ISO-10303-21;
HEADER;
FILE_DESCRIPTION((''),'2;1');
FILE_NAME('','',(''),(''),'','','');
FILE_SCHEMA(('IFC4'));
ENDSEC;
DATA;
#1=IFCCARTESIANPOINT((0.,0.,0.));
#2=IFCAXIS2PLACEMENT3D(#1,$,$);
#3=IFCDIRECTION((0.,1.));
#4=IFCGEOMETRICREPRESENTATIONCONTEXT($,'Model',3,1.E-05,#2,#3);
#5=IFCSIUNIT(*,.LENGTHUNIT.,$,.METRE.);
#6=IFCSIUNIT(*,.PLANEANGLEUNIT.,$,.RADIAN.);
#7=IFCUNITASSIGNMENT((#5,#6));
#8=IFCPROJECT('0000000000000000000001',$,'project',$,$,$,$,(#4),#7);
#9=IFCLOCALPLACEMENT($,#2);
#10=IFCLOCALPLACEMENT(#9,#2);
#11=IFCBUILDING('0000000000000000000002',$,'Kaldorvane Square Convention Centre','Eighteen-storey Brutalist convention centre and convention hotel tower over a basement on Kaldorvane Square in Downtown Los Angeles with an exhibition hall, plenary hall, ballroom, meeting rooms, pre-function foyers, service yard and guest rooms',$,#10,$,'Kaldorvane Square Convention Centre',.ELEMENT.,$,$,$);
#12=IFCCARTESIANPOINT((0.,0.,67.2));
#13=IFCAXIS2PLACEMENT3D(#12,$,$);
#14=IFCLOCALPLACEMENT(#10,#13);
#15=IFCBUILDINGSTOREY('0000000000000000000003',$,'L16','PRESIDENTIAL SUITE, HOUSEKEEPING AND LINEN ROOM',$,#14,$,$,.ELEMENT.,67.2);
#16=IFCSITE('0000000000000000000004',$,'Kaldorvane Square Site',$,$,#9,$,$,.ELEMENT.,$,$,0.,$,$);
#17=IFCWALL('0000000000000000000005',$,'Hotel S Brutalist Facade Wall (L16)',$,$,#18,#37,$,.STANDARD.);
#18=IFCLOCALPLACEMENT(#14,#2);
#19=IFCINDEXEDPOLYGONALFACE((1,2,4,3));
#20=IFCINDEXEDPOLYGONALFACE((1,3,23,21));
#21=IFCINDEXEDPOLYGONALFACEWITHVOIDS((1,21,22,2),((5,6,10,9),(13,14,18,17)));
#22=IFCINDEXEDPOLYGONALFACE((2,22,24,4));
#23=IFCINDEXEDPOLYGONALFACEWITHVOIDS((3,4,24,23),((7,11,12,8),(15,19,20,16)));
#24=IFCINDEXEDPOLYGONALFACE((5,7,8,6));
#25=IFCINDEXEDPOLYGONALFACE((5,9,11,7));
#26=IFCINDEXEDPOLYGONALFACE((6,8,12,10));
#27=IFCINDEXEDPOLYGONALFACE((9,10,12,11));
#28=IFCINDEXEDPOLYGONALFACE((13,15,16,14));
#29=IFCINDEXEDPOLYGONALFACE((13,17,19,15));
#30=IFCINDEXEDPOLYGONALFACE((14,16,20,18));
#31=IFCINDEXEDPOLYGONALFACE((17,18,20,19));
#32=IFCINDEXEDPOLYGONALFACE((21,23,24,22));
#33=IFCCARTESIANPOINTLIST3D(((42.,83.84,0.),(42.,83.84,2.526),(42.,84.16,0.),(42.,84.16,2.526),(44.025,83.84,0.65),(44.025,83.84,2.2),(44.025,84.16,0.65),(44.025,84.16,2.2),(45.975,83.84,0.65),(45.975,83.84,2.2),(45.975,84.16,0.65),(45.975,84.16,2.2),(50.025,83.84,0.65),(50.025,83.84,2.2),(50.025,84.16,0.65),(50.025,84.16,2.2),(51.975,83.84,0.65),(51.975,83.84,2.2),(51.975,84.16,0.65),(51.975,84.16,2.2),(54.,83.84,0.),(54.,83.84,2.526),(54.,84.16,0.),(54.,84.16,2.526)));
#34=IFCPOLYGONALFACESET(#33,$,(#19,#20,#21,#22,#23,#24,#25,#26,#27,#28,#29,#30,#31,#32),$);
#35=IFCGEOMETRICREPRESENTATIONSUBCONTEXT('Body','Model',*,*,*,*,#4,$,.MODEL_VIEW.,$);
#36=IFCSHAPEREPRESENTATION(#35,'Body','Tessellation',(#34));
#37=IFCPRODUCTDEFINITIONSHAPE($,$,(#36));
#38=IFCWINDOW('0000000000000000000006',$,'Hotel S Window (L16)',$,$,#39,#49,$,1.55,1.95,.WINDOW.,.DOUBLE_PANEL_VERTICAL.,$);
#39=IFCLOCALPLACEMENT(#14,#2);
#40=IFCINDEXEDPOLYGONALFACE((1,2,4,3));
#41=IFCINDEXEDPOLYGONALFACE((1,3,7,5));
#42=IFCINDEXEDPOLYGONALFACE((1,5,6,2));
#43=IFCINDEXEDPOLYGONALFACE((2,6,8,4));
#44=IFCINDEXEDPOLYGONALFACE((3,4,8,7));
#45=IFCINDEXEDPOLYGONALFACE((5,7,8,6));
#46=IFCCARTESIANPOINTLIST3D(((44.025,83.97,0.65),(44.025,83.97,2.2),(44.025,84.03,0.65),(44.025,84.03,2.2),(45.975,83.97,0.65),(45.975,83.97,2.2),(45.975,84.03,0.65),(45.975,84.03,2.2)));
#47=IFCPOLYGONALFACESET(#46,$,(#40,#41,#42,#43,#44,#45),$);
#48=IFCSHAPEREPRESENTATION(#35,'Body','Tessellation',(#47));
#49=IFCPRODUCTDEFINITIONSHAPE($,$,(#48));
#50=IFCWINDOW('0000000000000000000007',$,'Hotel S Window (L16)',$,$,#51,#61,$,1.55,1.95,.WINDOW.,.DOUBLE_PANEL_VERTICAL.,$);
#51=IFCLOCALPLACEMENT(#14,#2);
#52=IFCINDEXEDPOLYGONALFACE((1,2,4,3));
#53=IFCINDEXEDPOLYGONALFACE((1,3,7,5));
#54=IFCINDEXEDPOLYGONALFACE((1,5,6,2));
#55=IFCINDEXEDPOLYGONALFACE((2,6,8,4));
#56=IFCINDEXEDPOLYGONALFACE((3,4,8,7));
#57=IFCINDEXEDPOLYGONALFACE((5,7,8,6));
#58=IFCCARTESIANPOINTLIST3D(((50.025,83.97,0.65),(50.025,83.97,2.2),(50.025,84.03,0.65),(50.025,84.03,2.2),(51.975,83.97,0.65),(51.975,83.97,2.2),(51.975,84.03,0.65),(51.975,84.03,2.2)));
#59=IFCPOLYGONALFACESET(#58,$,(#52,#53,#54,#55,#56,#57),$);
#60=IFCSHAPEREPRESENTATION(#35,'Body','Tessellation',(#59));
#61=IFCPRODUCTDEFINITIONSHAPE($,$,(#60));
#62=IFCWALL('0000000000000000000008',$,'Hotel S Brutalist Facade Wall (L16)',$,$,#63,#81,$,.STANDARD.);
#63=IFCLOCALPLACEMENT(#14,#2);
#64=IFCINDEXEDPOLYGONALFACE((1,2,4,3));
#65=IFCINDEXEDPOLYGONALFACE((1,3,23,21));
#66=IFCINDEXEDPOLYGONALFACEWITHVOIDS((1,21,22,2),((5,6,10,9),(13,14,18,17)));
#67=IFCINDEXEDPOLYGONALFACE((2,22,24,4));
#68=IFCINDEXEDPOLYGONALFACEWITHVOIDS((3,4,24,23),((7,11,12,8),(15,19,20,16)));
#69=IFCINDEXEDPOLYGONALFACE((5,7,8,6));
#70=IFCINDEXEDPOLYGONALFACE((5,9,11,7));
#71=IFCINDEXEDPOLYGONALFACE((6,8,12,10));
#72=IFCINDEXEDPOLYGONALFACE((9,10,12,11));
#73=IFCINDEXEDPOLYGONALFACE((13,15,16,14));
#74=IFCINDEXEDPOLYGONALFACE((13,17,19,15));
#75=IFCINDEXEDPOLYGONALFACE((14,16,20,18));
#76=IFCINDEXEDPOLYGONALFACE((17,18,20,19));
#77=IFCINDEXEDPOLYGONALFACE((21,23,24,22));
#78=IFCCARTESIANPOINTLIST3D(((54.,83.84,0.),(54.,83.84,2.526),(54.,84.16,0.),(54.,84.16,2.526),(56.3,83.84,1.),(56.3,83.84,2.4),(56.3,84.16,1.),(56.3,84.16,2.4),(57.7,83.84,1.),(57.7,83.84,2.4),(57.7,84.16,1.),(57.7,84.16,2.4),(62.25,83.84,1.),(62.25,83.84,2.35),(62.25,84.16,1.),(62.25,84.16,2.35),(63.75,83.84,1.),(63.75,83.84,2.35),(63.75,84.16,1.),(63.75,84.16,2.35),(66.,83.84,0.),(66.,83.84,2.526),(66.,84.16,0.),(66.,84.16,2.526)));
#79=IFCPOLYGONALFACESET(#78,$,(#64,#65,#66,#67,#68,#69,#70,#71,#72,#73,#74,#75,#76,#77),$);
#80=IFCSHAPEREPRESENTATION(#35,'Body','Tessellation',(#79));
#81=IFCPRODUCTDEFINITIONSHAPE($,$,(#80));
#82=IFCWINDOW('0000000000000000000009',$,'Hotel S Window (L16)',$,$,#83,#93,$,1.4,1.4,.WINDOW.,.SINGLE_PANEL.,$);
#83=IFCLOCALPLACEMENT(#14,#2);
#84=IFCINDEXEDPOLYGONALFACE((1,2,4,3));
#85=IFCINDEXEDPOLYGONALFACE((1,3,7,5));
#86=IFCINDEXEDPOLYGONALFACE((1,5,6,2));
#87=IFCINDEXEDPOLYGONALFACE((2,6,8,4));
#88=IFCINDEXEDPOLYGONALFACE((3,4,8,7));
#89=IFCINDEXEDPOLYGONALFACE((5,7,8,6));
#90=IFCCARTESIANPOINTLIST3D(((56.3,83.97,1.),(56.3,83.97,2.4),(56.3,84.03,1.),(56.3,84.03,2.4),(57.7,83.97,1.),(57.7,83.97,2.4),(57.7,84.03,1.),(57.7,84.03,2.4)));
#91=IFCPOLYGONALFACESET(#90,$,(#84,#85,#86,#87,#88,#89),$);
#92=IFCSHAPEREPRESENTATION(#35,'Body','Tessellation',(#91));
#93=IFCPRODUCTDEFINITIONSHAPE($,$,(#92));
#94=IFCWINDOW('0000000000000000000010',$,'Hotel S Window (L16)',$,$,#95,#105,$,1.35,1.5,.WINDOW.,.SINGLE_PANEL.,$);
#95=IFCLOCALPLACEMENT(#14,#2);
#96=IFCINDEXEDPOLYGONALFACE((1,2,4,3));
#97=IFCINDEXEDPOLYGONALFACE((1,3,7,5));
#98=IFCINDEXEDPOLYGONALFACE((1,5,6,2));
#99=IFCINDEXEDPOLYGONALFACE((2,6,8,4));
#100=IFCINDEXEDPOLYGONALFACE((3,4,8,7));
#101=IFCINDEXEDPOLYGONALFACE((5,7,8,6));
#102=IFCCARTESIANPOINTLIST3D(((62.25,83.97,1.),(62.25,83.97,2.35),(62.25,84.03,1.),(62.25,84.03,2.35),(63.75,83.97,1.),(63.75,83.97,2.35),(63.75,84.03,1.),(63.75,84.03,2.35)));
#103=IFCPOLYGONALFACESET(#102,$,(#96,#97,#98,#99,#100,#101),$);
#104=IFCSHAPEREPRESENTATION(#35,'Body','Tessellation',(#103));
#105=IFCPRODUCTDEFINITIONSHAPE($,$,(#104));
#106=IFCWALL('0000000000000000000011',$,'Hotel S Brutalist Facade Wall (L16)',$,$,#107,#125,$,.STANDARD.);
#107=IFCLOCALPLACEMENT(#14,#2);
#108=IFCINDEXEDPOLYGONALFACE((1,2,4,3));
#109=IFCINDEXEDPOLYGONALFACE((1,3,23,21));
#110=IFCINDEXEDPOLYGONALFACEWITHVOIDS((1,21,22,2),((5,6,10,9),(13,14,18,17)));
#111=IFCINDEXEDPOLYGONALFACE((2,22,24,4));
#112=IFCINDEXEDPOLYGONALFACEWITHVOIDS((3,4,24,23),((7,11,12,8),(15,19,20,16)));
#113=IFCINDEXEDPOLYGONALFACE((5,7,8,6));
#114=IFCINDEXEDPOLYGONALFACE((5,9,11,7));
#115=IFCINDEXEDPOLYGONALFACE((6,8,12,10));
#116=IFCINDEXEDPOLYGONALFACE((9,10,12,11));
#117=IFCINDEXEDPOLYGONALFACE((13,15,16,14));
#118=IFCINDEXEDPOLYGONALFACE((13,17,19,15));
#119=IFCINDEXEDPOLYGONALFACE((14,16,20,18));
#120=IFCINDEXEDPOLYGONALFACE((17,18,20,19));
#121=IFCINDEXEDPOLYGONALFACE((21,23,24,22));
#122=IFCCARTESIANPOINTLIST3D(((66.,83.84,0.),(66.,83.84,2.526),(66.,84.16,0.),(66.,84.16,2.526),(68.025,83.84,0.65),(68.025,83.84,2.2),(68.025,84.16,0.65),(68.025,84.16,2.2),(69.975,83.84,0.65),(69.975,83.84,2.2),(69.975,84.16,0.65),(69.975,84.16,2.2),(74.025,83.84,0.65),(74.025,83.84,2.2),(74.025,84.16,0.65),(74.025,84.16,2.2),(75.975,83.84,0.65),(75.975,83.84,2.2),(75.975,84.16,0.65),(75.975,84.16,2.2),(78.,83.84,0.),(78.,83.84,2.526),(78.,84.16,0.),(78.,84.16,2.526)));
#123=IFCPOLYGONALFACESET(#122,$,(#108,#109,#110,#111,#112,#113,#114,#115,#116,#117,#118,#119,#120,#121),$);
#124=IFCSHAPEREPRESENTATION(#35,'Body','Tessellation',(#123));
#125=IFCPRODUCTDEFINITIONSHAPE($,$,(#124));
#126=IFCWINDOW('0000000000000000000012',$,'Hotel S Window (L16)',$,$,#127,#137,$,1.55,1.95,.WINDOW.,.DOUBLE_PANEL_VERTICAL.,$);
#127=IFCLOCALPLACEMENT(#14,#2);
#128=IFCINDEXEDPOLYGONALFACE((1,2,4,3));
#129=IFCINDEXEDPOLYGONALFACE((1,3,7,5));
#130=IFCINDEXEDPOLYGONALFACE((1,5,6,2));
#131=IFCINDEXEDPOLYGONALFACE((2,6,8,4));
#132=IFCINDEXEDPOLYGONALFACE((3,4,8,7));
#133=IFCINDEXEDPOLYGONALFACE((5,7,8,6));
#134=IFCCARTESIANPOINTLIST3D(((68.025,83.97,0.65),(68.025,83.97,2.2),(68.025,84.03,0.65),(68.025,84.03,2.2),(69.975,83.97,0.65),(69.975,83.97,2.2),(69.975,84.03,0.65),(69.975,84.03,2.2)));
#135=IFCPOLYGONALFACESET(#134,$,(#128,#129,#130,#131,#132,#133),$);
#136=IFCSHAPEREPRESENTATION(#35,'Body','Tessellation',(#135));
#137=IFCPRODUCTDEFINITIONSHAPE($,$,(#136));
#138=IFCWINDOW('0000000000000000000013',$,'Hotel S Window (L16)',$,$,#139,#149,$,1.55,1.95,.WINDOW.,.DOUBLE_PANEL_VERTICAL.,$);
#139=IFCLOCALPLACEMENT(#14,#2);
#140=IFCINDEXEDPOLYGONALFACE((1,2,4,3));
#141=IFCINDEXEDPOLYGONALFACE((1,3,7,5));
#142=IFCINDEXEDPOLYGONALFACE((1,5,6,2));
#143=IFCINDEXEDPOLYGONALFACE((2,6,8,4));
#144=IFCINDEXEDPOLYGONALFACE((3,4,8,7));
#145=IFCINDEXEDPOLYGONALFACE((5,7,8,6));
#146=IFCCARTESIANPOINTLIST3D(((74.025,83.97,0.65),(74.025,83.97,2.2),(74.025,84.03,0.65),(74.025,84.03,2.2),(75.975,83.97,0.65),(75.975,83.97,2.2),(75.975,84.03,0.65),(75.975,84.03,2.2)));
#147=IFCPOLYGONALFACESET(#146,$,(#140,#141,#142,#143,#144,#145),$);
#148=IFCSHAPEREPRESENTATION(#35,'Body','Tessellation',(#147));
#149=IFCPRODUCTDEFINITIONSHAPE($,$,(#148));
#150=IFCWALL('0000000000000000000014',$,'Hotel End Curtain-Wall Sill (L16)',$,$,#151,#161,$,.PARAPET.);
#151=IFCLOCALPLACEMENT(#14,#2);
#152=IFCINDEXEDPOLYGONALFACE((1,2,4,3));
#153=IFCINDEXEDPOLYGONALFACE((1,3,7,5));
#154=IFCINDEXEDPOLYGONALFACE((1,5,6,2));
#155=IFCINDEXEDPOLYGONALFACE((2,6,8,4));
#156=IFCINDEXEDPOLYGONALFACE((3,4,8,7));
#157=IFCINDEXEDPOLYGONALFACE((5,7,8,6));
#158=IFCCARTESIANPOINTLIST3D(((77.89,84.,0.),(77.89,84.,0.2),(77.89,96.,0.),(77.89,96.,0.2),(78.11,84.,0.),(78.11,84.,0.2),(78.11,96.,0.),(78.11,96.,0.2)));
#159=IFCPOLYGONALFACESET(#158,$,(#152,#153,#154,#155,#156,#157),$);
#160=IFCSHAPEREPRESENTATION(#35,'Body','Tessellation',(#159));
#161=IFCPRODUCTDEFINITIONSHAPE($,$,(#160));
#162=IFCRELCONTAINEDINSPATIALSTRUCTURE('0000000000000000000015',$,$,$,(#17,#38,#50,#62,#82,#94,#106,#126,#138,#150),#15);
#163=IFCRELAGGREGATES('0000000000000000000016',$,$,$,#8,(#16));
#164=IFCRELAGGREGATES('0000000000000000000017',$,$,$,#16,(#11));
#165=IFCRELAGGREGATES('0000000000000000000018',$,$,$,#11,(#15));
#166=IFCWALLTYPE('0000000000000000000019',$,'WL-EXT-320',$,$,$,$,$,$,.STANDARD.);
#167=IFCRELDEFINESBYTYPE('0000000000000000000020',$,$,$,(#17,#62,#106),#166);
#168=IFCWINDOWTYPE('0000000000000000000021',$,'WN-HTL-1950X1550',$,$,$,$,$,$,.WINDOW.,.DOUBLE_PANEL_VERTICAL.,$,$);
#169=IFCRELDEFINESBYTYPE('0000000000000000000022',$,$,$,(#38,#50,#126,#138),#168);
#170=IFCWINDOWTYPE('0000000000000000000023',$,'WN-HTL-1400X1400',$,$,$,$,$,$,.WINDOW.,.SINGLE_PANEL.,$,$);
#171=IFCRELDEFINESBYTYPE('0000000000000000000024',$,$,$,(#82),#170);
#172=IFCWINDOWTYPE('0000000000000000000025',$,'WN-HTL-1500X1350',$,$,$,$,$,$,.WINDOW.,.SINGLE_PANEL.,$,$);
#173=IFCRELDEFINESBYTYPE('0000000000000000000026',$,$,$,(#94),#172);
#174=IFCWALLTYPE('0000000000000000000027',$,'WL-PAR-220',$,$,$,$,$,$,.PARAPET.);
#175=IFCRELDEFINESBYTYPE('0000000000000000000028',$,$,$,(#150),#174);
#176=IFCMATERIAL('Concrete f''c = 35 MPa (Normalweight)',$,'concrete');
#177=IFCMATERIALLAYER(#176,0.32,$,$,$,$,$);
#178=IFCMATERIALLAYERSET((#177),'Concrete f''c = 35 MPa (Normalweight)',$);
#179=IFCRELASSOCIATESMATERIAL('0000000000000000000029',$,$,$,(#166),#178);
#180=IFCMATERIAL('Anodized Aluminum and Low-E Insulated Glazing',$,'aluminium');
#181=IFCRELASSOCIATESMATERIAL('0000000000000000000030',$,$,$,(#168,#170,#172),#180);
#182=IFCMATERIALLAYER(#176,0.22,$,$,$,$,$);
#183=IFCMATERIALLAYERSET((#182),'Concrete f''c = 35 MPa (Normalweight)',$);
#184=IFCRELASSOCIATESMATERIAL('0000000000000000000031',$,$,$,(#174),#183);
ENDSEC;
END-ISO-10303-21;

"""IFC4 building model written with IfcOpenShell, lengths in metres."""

from ifc_helpers import new_model, si_unit, direction, frame, frame_2d, origin, place, context, subcontext, project, spatial, rectangle, extrude, material, layer, layer_set, type_object, element, fill, save


model = new_model("IFC4")

# Units and contexts
model_context = context("Model", 3, precision=1e-05, world=origin(), true_north=direction((0.0, 1.0)))
body_context = subcontext(model_context, "Body", "Model", "MODEL_VIEW")
ifc_project = project(units=[si_unit("LENGTHUNIT", "METRE"), si_unit("PLANEANGLEUNIT", "RADIAN")], contexts=[model_context])

# Site, building, storey
site_placement = place(None, origin())
site = spatial("IfcSite", under=ifc_project, at=site_placement, Name="Kaldorvane Square Site", CompositionType="ELEMENT", RefElevation=0.0)
building_placement = place(site_placement, origin())
building = spatial("IfcBuilding", under=site, at=building_placement, Name="Kaldorvane Square Convention Centre", Description="Eighteen-storey Brutalist convention centre and convention hotel tower over a basement on Kaldorvane Square in Downtown Los Angeles with an exhibition hall, plenary hall, ballroom, meeting rooms, pre-function foyers, service yard and guest rooms", LongName="Kaldorvane Square Convention Centre", CompositionType="ELEMENT")
storey_placement = place(building_placement, frame((0.0, 0.0, 67.2)))
storey = spatial("IfcBuildingStorey", under=building, at=storey_placement, Name="L16", Description="PRESIDENTIAL SUITE, HOUSEKEEPING AND LINEN ROOM", CompositionType="ELEMENT", Elevation=67.2)

# Shared definitions
ifc_material_1 = material(Name="Concrete f'c = 35 MPa (Normalweight)", Category="concrete")
ifc_layer_1 = layer(ifc_material_1, 0.32)
ifc_layer_set_1 = layer_set([ifc_layer_1], Name="Concrete f'c = 35 MPa (Normalweight)")
wall_type_1 = type_object("IfcWallType", Name="WL-EXT-320", PredefinedType="STANDARD", material=ifc_layer_set_1)
ifc_material_2 = material(Name="Anodized Aluminum and Low-E Insulated Glazing", Category="aluminium")
window_type_1 = type_object("IfcWindowType", Name="WN-HTL-1950X1550", PartitioningType="DOUBLE_PANEL_VERTICAL", PredefinedType="WINDOW", material=ifc_material_2)

# Walls, openings, windows
wall_1_placement = place(storey_placement, frame((42.0, 84.0, 0.0), z_axis=(0.0, 0.0, 1.0), x_axis=(1.0, 0.0, 0.0)))
wall_1 = element("IfcWall", 1, at=wall_1_placement, inside=storey, type_object=wall_type_1, Name="Hotel S Brutalist Facade Wall (L16)", PredefinedType="STANDARD", context=body_context, shape_type="SweptSolid", body=[
    extrude(rectangle(XDim=12.0, YDim=0.32, at=frame_2d((6.0, 0.0))), origin(), (0.0, 0.0, 1.0), 2.526),
])
opening_1_placement = place(wall_1_placement, frame((2.025, 0.0, 0.65)))
opening_1 = element("IfcOpeningElement", 2, at=opening_1_placement, cuts=wall_1, PredefinedType="OPENING", context=body_context, shape_type="SweptSolid", body=[
    extrude(rectangle(XDim=1.95, YDim=1.55, at=frame_2d((0.975, 0.775))), frame((0.0, 0.175, 0.0), z_axis=(0.0, -1.0, 0.0), x_axis=(1.0, 0.0, 0.0)), (0.0, 0.0, 1.0), 0.35),
])
opening_2_placement = place(wall_1_placement, frame((8.025, 0.0, 0.65)))
opening_2 = element("IfcOpeningElement", 3, at=opening_2_placement, cuts=wall_1, PredefinedType="OPENING", context=body_context, shape_type="SweptSolid", body=[
    extrude(rectangle(XDim=1.95, YDim=1.55, at=frame_2d((0.975, 0.775))), frame((0.0, 0.175, 0.0), z_axis=(0.0, -1.0, 0.0), x_axis=(1.0, 0.0, 0.0)), (0.0, 0.0, 1.0), 0.35),
])
window_1_placement = place(opening_1_placement, origin())
window_1 = element("IfcWindow", 4, at=window_1_placement, inside=storey, type_object=window_type_1, Name="Hotel S Window (L16)", OverallHeight=1.55, OverallWidth=1.95, PartitioningType="DOUBLE_PANEL_VERTICAL", PredefinedType="WINDOW", context=body_context, shape_type="SweptSolid", body=[
    extrude(rectangle(XDim=1.95, YDim=1.55, at=frame_2d((0.975, 0.775))), frame((0.0, 0.03, 0.0), z_axis=(0.0, -1.0, 0.0), x_axis=(1.0, 0.0, 0.0)), (0.0, 0.0, 1.0), 0.06),
])
fill(opening_1, window_1)
window_2_placement = place(opening_2_placement, origin())
window_2 = element("IfcWindow", 5, at=window_2_placement, inside=storey, type_object=window_type_1, Name="Hotel S Window (L16)", OverallHeight=1.55, OverallWidth=1.95, PartitioningType="DOUBLE_PANEL_VERTICAL", PredefinedType="WINDOW", context=body_context, shape_type="SweptSolid", body=[
    extrude(rectangle(XDim=1.95, YDim=1.55, at=frame_2d((0.975, 0.775))), frame((0.0, 0.03, 0.0), z_axis=(0.0, -1.0, 0.0), x_axis=(1.0, 0.0, 0.0)), (0.0, 0.0, 1.0), 0.06),
])
fill(opening_2, window_2)
wall_2_placement = place(storey_placement, frame((54.0, 84.0, 0.0), z_axis=(0.0, 0.0, 1.0), x_axis=(1.0, 0.0, 0.0)))
wall_2 = element("IfcWall", 6, at=wall_2_placement, inside=storey, type_object=wall_type_1, Name="Hotel S Brutalist Facade Wall (L16)", PredefinedType="STANDARD", context=body_context, shape_type="SweptSolid", body=[
    extrude(rectangle(XDim=12.0, YDim=0.32, at=frame_2d((6.0, 0.0))), origin(), (0.0, 0.0, 1.0), 2.526),
])
opening_3_placement = place(wall_2_placement, frame((2.3, 0.0, 1.0)))
opening_3 = element("IfcOpeningElement", 7, at=opening_3_placement, cuts=wall_2, PredefinedType="OPENING", context=body_context, shape_type="SweptSolid", body=[
    extrude(rectangle(XDim=1.4, YDim=1.4, at=frame_2d((0.7, 0.7))), frame((0.0, 0.175, 0.0), z_axis=(0.0, -1.0, 0.0), x_axis=(1.0, 0.0, 0.0)), (0.0, 0.0, 1.0), 0.35),
])
opening_4_placement = place(wall_2_placement, frame((8.25, 0.0, 1.0)))
opening_4 = element("IfcOpeningElement", 8, at=opening_4_placement, cuts=wall_2, PredefinedType="OPENING", context=body_context, shape_type="SweptSolid", body=[
    extrude(rectangle(XDim=1.5, YDim=1.35, at=frame_2d((0.75, 0.675))), frame((0.0, 0.175, 0.0), z_axis=(0.0, -1.0, 0.0), x_axis=(1.0, 0.0, 0.0)), (0.0, 0.0, 1.0), 0.35),
])
window_type_2 = type_object("IfcWindowType", Name="WN-HTL-1400X1400", PartitioningType="SINGLE_PANEL", PredefinedType="WINDOW", material=ifc_material_2)
window_3_placement = place(opening_3_placement, origin())
window_3 = element("IfcWindow", 9, at=window_3_placement, inside=storey, type_object=window_type_2, Name="Hotel S Window (L16)", OverallHeight=1.4, OverallWidth=1.4, PartitioningType="SINGLE_PANEL", PredefinedType="WINDOW", context=body_context, shape_type="SweptSolid", body=[
    extrude(rectangle(XDim=1.4, YDim=1.4, at=frame_2d((0.7, 0.7))), frame((0.0, 0.03, 0.0), z_axis=(0.0, -1.0, 0.0), x_axis=(1.0, 0.0, 0.0)), (0.0, 0.0, 1.0), 0.06),
])
fill(opening_3, window_3)
window_type_3 = type_object("IfcWindowType", Name="WN-HTL-1500X1350", PartitioningType="SINGLE_PANEL", PredefinedType="WINDOW", material=ifc_material_2)
window_4_placement = place(opening_4_placement, origin())
window_4 = element("IfcWindow", 10, at=window_4_placement, inside=storey, type_object=window_type_3, Name="Hotel S Window (L16)", OverallHeight=1.35, OverallWidth=1.5, PartitioningType="SINGLE_PANEL", PredefinedType="WINDOW", context=body_context, shape_type="SweptSolid", body=[
    extrude(rectangle(XDim=1.5, YDim=1.35, at=frame_2d((0.75, 0.675))), frame((0.0, 0.03, 0.0), z_axis=(0.0, -1.0, 0.0), x_axis=(1.0, 0.0, 0.0)), (0.0, 0.0, 1.0), 0.06),
])
fill(opening_4, window_4)
wall_3_placement = place(storey_placement, frame((66.0, 84.0, 0.0), z_axis=(0.0, 0.0, 1.0), x_axis=(1.0, 0.0, 0.0)))
wall_3 = element("IfcWall", 11, at=wall_3_placement, inside=storey, type_object=wall_type_1, Name="Hotel S Brutalist Facade Wall (L16)", PredefinedType="STANDARD", context=body_context, shape_type="SweptSolid", body=[
    extrude(rectangle(XDim=12.0, YDim=0.32, at=frame_2d((6.0, 0.0))), origin(), (0.0, 0.0, 1.0), 2.526),
])
opening_5_placement = place(wall_3_placement, frame((2.025, 0.0, 0.65)))
opening_5 = element("IfcOpeningElement", 12, at=opening_5_placement, cuts=wall_3, PredefinedType="OPENING", context=body_context, shape_type="SweptSolid", body=[
    extrude(rectangle(XDim=1.95, YDim=1.55, at=frame_2d((0.975, 0.775))), frame((0.0, 0.175, 0.0), z_axis=(0.0, -1.0, 0.0), x_axis=(1.0, 0.0, 0.0)), (0.0, 0.0, 1.0), 0.35),
])
opening_6_placement = place(wall_3_placement, frame((8.025, 0.0, 0.65)))
opening_6 = element("IfcOpeningElement", 13, at=opening_6_placement, cuts=wall_3, PredefinedType="OPENING", context=body_context, shape_type="SweptSolid", body=[
    extrude(rectangle(XDim=1.95, YDim=1.55, at=frame_2d((0.975, 0.775))), frame((0.0, 0.175, 0.0), z_axis=(0.0, -1.0, 0.0), x_axis=(1.0, 0.0, 0.0)), (0.0, 0.0, 1.0), 0.35),
])
window_5_placement = place(opening_5_placement, origin())
window_5 = element("IfcWindow", 14, at=window_5_placement, inside=storey, type_object=window_type_1, Name="Hotel S Window (L16)", OverallHeight=1.55, OverallWidth=1.95, PartitioningType="DOUBLE_PANEL_VERTICAL", PredefinedType="WINDOW", context=body_context, shape_type="SweptSolid", body=[
    extrude(rectangle(XDim=1.95, YDim=1.55, at=frame_2d((0.975, 0.775))), frame((0.0, 0.03, 0.0), z_axis=(0.0, -1.0, 0.0), x_axis=(1.0, 0.0, 0.0)), (0.0, 0.0, 1.0), 0.06),
])
fill(opening_5, window_5)
window_6_placement = place(opening_6_placement, origin())
window_6 = element("IfcWindow", 15, at=window_6_placement, inside=storey, type_object=window_type_1, Name="Hotel S Window (L16)", OverallHeight=1.55, OverallWidth=1.95, PartitioningType="DOUBLE_PANEL_VERTICAL", PredefinedType="WINDOW", context=body_context, shape_type="SweptSolid", body=[
    extrude(rectangle(XDim=1.95, YDim=1.55, at=frame_2d((0.975, 0.775))), frame((0.0, 0.03, 0.0), z_axis=(0.0, -1.0, 0.0), x_axis=(1.0, 0.0, 0.0)), (0.0, 0.0, 1.0), 0.06),
])
fill(opening_6, window_6)

# Wall
ifc_layer_2 = layer(ifc_material_1, 0.22)
ifc_layer_set_2 = layer_set([ifc_layer_2], Name="Concrete f'c = 35 MPa (Normalweight)")
wall_type_2 = type_object("IfcWallType", Name="WL-PAR-220", PredefinedType="PARAPET", material=ifc_layer_set_2)
wall_4_placement = place(storey_placement, frame((78.0, 84.0, 0.0), z_axis=(0.0, 0.0, 1.0), x_axis=(0.0, 1.0, 0.0)))
element("IfcWall", 16, at=wall_4_placement, inside=storey, type_object=wall_type_2, Name="Hotel End Curtain-Wall Sill (L16)", PredefinedType="PARAPET", context=body_context, shape_type="SweptSolid", body=[
    extrude(rectangle(XDim=12.0, YDim=0.22, at=frame_2d((6.0, 0.0))), origin(), (0.0, 0.0, 1.0), 0.2),
])

save(model, "model.ifc")
